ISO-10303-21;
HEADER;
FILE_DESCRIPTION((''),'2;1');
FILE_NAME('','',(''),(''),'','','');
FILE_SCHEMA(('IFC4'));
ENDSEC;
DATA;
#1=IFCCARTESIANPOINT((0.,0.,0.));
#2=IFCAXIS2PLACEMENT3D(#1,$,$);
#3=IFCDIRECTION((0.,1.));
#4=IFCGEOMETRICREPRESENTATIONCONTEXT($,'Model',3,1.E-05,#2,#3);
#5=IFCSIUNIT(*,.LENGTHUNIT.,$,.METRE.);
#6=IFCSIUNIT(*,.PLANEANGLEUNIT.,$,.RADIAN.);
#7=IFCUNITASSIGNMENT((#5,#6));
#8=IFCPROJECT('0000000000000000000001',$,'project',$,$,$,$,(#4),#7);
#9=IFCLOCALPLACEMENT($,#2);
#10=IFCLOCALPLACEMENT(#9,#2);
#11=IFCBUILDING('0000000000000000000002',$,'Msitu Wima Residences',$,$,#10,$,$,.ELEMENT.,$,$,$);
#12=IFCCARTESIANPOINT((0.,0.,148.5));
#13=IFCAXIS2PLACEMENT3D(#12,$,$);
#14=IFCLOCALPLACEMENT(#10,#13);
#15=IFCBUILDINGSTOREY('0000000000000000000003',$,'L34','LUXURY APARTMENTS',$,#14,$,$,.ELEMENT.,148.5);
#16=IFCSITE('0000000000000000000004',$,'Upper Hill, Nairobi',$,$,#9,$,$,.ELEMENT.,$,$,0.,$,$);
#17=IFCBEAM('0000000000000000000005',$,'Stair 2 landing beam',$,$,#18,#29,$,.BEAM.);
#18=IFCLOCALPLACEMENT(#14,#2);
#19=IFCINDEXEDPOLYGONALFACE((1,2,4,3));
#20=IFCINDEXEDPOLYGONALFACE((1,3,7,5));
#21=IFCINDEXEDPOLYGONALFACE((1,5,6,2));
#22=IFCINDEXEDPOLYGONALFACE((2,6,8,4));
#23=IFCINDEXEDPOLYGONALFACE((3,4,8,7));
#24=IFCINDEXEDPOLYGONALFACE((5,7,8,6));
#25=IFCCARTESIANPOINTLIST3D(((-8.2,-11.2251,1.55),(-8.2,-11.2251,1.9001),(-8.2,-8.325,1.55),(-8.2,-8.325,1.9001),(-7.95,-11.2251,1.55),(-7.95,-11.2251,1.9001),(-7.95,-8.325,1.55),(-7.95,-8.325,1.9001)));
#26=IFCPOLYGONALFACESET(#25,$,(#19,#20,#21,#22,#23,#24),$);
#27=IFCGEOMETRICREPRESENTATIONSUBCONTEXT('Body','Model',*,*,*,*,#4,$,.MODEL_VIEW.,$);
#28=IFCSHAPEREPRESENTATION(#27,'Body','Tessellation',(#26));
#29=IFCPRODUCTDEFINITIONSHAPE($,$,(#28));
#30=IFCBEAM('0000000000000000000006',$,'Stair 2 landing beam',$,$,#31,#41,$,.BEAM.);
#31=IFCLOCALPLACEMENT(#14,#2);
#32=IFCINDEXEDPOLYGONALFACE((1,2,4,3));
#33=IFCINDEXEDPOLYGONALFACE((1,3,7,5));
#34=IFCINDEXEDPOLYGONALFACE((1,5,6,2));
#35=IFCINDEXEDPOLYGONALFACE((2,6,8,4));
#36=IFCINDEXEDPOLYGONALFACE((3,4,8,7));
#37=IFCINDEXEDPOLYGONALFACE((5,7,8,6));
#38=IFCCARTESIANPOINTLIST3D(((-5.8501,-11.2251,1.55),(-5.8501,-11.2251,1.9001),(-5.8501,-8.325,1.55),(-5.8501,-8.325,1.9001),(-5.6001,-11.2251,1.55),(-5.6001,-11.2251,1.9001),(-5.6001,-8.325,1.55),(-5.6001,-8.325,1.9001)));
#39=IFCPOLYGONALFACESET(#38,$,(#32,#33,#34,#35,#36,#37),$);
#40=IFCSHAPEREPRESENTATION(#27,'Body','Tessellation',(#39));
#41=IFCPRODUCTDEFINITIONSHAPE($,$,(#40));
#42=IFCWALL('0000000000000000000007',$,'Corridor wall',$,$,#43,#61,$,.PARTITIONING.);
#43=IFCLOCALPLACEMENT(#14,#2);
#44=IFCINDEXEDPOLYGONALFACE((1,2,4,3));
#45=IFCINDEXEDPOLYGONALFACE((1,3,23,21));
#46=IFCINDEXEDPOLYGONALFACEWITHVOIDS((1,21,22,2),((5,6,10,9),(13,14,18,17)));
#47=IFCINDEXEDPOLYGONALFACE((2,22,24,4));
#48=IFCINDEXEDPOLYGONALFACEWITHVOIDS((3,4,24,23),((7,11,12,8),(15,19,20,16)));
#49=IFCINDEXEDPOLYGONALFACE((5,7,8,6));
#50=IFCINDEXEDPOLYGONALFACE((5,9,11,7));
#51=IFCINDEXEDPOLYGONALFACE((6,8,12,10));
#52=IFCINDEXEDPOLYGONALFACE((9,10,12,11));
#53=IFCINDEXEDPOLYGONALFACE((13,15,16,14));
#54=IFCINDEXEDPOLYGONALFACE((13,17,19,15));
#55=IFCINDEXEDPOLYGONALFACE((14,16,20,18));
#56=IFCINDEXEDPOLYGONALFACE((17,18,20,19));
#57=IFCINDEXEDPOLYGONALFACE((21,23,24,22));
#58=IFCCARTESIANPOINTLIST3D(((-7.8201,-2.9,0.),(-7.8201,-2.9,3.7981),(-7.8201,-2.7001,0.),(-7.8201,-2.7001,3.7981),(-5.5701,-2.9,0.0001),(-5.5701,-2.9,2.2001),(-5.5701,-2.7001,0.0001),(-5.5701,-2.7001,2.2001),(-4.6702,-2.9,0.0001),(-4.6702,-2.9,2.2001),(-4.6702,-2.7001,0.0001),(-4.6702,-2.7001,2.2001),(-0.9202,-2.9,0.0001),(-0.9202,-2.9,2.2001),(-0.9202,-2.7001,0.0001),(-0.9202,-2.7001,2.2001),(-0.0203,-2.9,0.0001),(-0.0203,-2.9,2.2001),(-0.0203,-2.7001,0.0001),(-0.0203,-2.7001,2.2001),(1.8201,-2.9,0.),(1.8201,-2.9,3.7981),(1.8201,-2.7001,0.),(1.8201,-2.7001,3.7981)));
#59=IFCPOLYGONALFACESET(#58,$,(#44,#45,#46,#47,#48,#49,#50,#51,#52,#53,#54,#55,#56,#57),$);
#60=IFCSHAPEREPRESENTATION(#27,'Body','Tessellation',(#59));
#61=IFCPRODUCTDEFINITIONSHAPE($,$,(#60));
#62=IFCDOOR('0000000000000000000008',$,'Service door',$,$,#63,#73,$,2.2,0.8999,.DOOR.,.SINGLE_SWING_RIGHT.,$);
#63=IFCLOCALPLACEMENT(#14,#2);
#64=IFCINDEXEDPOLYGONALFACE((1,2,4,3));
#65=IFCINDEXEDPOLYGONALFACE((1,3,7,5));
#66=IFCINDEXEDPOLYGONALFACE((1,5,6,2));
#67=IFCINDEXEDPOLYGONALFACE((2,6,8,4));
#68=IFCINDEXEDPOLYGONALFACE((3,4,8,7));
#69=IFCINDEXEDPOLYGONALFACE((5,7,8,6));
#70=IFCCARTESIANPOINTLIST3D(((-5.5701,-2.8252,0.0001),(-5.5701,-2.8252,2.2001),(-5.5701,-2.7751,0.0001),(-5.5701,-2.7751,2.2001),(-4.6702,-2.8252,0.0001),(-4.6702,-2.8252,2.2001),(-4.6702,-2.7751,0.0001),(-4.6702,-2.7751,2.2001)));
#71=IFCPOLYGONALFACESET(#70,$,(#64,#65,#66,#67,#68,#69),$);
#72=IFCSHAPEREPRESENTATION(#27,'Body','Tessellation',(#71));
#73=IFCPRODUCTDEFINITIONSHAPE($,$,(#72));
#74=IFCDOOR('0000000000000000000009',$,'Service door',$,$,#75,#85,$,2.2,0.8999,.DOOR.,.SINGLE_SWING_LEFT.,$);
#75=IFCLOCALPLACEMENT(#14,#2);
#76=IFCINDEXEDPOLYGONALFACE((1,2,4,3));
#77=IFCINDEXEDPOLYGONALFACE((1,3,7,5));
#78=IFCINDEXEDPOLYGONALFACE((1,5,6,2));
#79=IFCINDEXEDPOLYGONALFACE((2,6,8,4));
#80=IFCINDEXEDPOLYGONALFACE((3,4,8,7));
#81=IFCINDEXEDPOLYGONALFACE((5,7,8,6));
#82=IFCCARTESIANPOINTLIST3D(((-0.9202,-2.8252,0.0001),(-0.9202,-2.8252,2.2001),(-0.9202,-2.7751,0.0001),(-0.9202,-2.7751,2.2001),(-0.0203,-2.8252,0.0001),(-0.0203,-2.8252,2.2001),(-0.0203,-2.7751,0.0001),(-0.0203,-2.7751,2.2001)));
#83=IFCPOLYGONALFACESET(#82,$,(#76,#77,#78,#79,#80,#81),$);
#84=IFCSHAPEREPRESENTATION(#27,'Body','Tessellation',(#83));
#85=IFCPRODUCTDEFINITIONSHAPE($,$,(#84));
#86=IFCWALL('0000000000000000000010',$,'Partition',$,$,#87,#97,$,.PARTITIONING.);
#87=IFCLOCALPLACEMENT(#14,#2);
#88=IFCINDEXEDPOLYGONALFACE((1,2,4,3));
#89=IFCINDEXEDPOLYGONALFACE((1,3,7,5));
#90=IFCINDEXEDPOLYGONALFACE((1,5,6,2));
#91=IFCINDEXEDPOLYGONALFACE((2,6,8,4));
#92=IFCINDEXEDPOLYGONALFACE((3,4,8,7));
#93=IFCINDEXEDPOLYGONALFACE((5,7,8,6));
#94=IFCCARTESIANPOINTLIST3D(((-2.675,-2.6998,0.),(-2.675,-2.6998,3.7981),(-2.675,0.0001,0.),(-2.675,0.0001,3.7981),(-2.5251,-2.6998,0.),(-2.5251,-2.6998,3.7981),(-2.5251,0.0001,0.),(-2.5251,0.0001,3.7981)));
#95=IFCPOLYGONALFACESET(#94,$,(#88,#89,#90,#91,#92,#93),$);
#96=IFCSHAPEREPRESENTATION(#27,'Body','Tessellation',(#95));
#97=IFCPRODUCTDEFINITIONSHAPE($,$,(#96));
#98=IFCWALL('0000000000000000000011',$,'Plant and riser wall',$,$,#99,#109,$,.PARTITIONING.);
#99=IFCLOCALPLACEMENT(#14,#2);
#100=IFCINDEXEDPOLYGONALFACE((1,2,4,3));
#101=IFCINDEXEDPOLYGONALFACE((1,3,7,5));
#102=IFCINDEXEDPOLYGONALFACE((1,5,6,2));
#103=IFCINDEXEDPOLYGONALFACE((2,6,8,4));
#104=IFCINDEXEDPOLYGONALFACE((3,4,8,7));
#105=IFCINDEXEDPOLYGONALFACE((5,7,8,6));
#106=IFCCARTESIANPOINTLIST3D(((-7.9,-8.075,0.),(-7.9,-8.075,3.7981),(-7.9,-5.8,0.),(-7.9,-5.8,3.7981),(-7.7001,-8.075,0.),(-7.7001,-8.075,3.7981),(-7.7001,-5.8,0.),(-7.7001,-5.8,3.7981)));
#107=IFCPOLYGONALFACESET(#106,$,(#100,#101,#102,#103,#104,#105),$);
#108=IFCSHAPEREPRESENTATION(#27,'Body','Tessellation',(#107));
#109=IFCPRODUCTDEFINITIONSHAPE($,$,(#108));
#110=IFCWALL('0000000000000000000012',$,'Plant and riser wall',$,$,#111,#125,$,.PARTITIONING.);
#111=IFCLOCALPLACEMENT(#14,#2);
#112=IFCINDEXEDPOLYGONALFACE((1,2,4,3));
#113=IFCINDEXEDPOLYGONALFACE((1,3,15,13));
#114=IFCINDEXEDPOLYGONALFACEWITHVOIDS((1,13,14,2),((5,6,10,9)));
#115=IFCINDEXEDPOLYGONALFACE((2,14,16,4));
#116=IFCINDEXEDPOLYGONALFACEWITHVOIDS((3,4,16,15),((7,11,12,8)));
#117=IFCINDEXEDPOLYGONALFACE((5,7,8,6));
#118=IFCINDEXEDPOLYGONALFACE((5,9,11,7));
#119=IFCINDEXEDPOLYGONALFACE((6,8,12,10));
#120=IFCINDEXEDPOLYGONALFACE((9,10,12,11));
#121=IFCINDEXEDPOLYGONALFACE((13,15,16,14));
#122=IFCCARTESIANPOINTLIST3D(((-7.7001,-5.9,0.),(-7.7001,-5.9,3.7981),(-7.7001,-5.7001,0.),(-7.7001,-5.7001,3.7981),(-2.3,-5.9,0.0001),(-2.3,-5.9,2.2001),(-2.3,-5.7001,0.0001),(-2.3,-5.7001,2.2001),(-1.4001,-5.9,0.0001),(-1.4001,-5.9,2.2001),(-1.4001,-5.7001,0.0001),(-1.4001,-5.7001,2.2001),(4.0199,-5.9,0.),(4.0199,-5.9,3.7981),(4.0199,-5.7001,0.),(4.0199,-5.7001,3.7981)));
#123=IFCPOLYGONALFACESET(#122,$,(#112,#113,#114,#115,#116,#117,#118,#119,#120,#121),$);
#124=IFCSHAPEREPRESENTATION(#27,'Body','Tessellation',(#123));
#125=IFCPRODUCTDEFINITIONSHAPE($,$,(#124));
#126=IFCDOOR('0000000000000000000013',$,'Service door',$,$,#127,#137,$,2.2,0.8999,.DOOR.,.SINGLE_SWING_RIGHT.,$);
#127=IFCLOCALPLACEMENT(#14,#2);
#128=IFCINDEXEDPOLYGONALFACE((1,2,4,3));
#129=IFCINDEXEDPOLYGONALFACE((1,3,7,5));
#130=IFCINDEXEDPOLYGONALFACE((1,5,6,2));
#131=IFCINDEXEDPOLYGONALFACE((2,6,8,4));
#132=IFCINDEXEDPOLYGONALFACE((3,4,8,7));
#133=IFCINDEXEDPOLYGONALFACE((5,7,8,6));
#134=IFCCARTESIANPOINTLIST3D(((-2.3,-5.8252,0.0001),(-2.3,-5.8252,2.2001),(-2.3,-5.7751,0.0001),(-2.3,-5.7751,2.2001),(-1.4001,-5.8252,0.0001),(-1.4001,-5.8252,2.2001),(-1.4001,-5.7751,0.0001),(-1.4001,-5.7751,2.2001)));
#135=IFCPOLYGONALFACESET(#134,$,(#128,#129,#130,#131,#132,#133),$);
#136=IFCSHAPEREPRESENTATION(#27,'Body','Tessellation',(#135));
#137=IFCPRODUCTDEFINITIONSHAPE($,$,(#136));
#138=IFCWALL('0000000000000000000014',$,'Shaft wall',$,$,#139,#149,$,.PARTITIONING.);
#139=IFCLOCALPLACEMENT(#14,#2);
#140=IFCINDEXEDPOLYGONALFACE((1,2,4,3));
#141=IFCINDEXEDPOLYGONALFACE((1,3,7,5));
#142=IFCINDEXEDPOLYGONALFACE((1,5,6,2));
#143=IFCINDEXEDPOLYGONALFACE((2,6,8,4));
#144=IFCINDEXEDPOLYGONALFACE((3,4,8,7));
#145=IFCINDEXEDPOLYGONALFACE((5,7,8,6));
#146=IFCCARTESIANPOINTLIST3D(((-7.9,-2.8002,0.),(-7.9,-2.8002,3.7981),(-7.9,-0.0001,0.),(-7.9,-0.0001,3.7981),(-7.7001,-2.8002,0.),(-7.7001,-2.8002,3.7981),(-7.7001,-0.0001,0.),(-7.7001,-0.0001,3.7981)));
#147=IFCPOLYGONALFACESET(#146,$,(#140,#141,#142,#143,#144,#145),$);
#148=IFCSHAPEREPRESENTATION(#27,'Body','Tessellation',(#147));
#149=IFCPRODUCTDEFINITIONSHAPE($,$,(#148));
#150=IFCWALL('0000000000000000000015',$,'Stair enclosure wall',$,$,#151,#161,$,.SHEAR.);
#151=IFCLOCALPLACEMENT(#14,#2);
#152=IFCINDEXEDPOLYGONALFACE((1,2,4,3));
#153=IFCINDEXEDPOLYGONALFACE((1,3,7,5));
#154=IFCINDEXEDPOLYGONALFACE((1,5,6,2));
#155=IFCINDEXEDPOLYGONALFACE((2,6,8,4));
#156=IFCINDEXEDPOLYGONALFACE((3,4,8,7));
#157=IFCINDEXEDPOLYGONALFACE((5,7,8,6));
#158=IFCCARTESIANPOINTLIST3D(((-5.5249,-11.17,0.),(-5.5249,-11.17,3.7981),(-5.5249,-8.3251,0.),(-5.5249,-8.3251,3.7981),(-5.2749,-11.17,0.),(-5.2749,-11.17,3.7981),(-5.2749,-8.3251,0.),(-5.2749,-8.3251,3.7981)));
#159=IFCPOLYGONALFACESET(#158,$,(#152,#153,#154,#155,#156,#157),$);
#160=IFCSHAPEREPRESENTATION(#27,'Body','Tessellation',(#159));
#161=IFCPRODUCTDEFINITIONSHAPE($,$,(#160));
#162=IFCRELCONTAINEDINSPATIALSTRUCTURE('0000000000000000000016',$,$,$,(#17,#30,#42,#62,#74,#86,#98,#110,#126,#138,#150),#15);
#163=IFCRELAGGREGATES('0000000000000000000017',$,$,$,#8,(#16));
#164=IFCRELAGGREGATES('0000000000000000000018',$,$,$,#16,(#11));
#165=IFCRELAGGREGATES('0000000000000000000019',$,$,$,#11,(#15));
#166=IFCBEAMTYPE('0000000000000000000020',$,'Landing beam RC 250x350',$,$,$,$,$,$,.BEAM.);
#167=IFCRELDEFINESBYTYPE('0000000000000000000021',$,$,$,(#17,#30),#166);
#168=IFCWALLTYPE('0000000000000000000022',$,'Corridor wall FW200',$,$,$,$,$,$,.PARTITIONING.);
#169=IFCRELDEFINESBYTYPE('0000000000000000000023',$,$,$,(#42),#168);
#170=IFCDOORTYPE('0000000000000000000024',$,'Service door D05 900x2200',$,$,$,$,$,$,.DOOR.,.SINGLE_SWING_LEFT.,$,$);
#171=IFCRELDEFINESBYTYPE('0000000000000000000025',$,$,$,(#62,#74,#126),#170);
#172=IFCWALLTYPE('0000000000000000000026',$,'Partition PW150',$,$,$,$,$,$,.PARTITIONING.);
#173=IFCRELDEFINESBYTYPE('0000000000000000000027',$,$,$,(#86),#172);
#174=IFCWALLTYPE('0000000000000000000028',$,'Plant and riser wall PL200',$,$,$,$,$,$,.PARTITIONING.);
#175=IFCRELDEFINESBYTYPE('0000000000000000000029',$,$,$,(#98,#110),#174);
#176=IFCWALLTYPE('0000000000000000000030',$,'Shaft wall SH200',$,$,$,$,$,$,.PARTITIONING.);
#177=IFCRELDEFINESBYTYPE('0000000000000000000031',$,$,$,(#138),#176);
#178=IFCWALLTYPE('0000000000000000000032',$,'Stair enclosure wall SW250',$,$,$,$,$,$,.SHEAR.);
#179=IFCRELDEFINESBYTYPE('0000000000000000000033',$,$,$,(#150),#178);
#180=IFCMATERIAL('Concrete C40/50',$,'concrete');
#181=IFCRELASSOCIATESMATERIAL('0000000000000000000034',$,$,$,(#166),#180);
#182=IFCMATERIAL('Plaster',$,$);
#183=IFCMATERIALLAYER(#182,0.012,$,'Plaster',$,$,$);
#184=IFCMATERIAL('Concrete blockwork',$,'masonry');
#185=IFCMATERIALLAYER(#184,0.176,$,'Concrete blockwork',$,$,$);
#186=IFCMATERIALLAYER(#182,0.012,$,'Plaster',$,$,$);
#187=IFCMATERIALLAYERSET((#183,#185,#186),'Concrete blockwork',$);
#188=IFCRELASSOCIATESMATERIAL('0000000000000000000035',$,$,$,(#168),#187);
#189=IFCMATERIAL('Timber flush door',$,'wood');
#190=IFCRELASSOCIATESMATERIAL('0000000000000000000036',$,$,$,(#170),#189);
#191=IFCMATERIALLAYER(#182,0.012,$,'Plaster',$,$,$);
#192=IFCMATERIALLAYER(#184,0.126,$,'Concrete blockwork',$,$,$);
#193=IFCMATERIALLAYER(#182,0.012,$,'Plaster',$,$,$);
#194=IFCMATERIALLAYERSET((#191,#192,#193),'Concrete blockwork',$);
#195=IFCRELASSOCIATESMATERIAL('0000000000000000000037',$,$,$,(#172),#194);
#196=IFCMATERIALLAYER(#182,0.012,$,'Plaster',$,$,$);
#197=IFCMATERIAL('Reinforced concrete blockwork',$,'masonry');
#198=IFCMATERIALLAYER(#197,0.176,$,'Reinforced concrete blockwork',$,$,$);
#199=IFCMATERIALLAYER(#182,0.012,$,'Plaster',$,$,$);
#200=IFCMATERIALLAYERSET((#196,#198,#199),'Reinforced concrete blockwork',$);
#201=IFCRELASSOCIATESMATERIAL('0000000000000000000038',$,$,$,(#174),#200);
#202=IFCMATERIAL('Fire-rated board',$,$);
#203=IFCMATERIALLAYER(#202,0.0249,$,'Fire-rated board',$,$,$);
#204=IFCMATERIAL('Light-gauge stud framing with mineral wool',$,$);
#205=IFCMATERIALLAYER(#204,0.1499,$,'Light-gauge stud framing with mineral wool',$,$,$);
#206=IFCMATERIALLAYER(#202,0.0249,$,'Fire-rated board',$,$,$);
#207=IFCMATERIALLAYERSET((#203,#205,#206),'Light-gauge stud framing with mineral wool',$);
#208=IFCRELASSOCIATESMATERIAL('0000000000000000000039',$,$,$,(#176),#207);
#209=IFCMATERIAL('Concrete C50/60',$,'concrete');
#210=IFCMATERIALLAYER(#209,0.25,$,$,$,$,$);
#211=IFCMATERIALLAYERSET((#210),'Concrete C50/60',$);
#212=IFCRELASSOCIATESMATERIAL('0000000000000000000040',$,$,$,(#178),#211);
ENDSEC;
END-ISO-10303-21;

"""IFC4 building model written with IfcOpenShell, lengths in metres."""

from ifc_helpers import new_model, si_unit, direction, frame, frame_2d, origin, origin_2d, place, context, subcontext, project, spatial, rectangle, extrude, material, layer, layer_set, material_profile, profile_set, type_object, element, fill, save


model = new_model("IFC4")

# Units and contexts
model_context = context("Model", 3, precision=1e-05, world=origin(), true_north=direction((0.0, 1.0)))
body_context = subcontext(model_context, "Body", "Model", "MODEL_VIEW")
ifc_project = project(units=[si_unit("LENGTHUNIT", "METRE"), si_unit("PLANEANGLEUNIT", "RADIAN")], contexts=[model_context])

# Site, building, storey
site_placement = place(None, origin())
site = spatial("IfcSite", under=ifc_project, at=site_placement, Name="Upper Hill, Nairobi", CompositionType="ELEMENT", RefElevation=0.0)
building_placement = place(site_placement, origin())
building = spatial("IfcBuilding", under=site, at=building_placement, Name="Msitu Wima Residences", CompositionType="ELEMENT")
storey_placement = place(building_placement, frame((0.0, 0.0, 148.5)))
storey = spatial("IfcBuildingStorey", under=building, at=storey_placement, Name="L34", Description="LUXURY APARTMENTS", CompositionType="ELEMENT", Elevation=148.5)

# Beams
ifc_material_1 = material(Name="Concrete C40/50", Category="concrete")
ifc_material_profile = material_profile(ifc_material_1, rectangle(XDim=0.25, YDim=0.3501, at=origin_2d()), Name="RC 250x350")
ifc_profile_set = profile_set([ifc_material_profile], Name="Concrete C40/50")
beam_type = type_object("IfcBeamType", Name="Landing beam RC 250x350", PredefinedType="BEAM", material=ifc_profile_set)
for number, where, z_axis, x_axis, name in (
    (1, (-8.075, -11.2251, 1.7251), (0.0, 1.0, 0.0), (-1.0, 0.0, 0.0), "Stair 2 landing beam"),
    (2, (-5.7251, -11.2251, 1.7251), (0.0, 1.0, 0.0), (-1.0, 0.0, 0.0), "Stair 2 landing beam"),
):
    element("IfcBeam", number, at=place(storey_placement, frame(where, z_axis=z_axis, x_axis=x_axis)), inside=storey, type_object=beam_type, Name=name, PredefinedType="BEAM", context=body_context, shape_type="SweptSolid", body=[
        extrude(rectangle(XDim=0.25, YDim=0.3501, at=origin_2d()), origin(), (0.0, 0.0, 1.0), 2.9001),
    ])

# Wall, openings, doors
ifc_material_2 = material(Name="Plaster")
ifc_layer_1 = layer(ifc_material_2, 0.012, Name="Plaster")
ifc_material_3 = material(Name="Concrete blockwork", Category="masonry")
ifc_layer_2 = layer(ifc_material_3, 0.176, Name="Concrete blockwork")
ifc_layer_3 = layer(ifc_material_2, 0.012, Name="Plaster")
ifc_layer_set_1 = layer_set([ifc_layer_1, ifc_layer_2, ifc_layer_3], Name="Concrete blockwork")
wall_type_1 = type_object("IfcWallType", Name="Corridor wall FW200", PredefinedType="PARTITIONING", material=ifc_layer_set_1)
wall_1_placement = place(storey_placement, frame((-7.8201, -2.8, 0.0), z_axis=(0.0, 0.0, 1.0), x_axis=(1.0, 0.0, 0.0)))
wall_1 = element("IfcWall", 3, at=wall_1_placement, inside=storey, type_object=wall_type_1, Name="Corridor wall", PredefinedType="PARTITIONING", context=body_context, shape_type="SweptSolid", body=[
    extrude(rectangle(XDim=9.6401, YDim=0.2, at=frame_2d((4.8201, 0.0))), origin(), (0.0, 0.0, 1.0), 3.7981),
])
opening_1_placement = place(wall_1_placement, frame((2.25, 0.0, 0.0)))
opening_1 = element("IfcOpeningElement", 4, at=opening_1_placement, cuts=wall_1, PredefinedType="OPENING", context=body_context, shape_type="SweptSolid", body=[
    extrude(rectangle(XDim=0.8999, YDim=2.2, at=frame_2d((0.45, 1.1001))), frame((0.0, 0.1099, 0.0), z_axis=(0.0, -1.0, 0.0), x_axis=(1.0, 0.0, 0.0)), (0.0, 0.0, 1.0), 0.22),
])
opening_2_placement = place(wall_1_placement, frame((6.8999, 0.0, 0.0)))
opening_2 = element("IfcOpeningElement", 5, at=opening_2_placement, cuts=wall_1, PredefinedType="OPENING", context=body_context, shape_type="SweptSolid", body=[
    extrude(rectangle(XDim=0.8999, YDim=2.2, at=frame_2d((0.45, 1.1001))), frame((0.0, 0.1099, 0.0), z_axis=(0.0, -1.0, 0.0), x_axis=(1.0, 0.0, 0.0)), (0.0, 0.0, 1.0), 0.22),
])
ifc_material_4 = material(Name="Timber flush door", Category="wood")
door_type_1 = type_object("IfcDoorType", Name="Service door D05 900x2200", OperationType="SINGLE_SWING_LEFT", PredefinedType="DOOR", material=ifc_material_4)
door_1_placement = place(opening_1_placement, origin())
door_1 = element("IfcDoor", 6, at=door_1_placement, inside=storey, type_object=door_type_1, Name="Service door", OperationType="SINGLE_SWING_RIGHT", OverallHeight=2.2, OverallWidth=0.8999, PredefinedType="DOOR", context=body_context, shape_type="SweptSolid", body=[
    extrude(rectangle(XDim=0.8999, YDim=2.2, at=frame_2d((0.45, 1.1001))), frame((0.0, 0.0249, 0.0), z_axis=(0.0, -1.0, 0.0), x_axis=(1.0, 0.0, 0.0)), (0.0, 0.0, 1.0), 0.05),
])
fill(opening_1, door_1)
door_2_placement = place(opening_2_placement, origin())
door_2 = element("IfcDoor", 7, at=door_2_placement, inside=storey, type_object=door_type_1, Name="Service door", OperationType="SINGLE_SWING_LEFT", OverallHeight=2.2, OverallWidth=0.8999, PredefinedType="DOOR", context=body_context, shape_type="SweptSolid", body=[
    extrude(rectangle(XDim=0.8999, YDim=2.2, at=frame_2d((0.45, 1.1001))), frame((0.0, 0.0249, 0.0), z_axis=(0.0, -1.0, 0.0), x_axis=(1.0, 0.0, 0.0)), (0.0, 0.0, 1.0), 0.05),
])
fill(opening_2, door_2)

# Walls
ifc_layer_4 = layer(ifc_material_2, 0.012, Name="Plaster")
ifc_layer_5 = layer(ifc_material_3, 0.126, Name="Concrete blockwork")
ifc_layer_6 = layer(ifc_material_2, 0.012, Name="Plaster")
ifc_layer_set_2 = layer_set([ifc_layer_4, ifc_layer_5, ifc_layer_6], Name="Concrete blockwork")
wall_type_2 = type_object("IfcWallType", Name="Partition PW150", PredefinedType="PARTITIONING", material=ifc_layer_set_2)
wall_2_placement = place(storey_placement, frame((-2.6001, -2.7, 0.0), z_axis=(0.0, 0.0, 1.0), x_axis=(0.0, 1.0, 0.0)))
element("IfcWall", 8, at=wall_2_placement, inside=storey, type_object=wall_type_2, Name="Partition", PredefinedType="PARTITIONING", context=body_context, shape_type="SweptSolid", body=[
    extrude(rectangle(XDim=2.7, YDim=0.1499, at=frame_2d((1.3501, 0.0))), origin(), (0.0, 0.0, 1.0), 3.7981),
])
ifc_layer_7 = layer(ifc_material_2, 0.012, Name="Plaster")
ifc_material_5 = material(Name="Reinforced concrete blockwork", Category="masonry")
ifc_layer_8 = layer(ifc_material_5, 0.176, Name="Reinforced concrete blockwork")
ifc_layer_9 = layer(ifc_material_2, 0.012, Name="Plaster")
ifc_layer_set_3 = layer_set([ifc_layer_7, ifc_layer_8, ifc_layer_9], Name="Reinforced concrete blockwork")
wall_type_3 = type_object("IfcWallType", Name="Plant and riser wall PL200", PredefinedType="PARTITIONING", material=ifc_layer_set_3)
wall_3_placement = place(storey_placement, frame((-7.8, -8.075, 0.0), z_axis=(0.0, 0.0, 1.0), x_axis=(0.0, 1.0, 0.0)))
element("IfcWall", 9, at=wall_3_placement, inside=storey, type_object=wall_type_3, Name="Plant and riser wall", PredefinedType="PARTITIONING", context=body_context, shape_type="SweptSolid", body=[
    extrude(rectangle(XDim=2.2749, YDim=0.2, at=frame_2d((1.1375, 0.0))), origin(), (0.0, 0.0, 1.0), 3.7981),
])

# Wall, opening, door
wall_4_placement = place(storey_placement, frame((-7.7, -5.8, 0.0), z_axis=(0.0, 0.0, 1.0), x_axis=(1.0, 0.0, 0.0)))
wall_4 = element("IfcWall", 10, at=wall_4_placement, inside=storey, type_object=wall_type_3, Name="Plant and riser wall", PredefinedType="PARTITIONING", context=body_context, shape_type="SweptSolid", body=[
    extrude(rectangle(XDim=11.72, YDim=0.2, at=frame_2d((5.8599, 0.0))), origin(), (0.0, 0.0, 1.0), 3.7981),
])
opening_3_placement = place(wall_4_placement, frame((5.3999, 0.0, 0.0)))
opening_3 = element("IfcOpeningElement", 11, at=opening_3_placement, cuts=wall_4, PredefinedType="OPENING", context=body_context, shape_type="SweptSolid", body=[
    extrude(rectangle(XDim=0.8999, YDim=2.2, at=frame_2d((0.45, 1.1001))), frame((0.0, 0.1099, 0.0), z_axis=(0.0, -1.0, 0.0), x_axis=(1.0, 0.0, 0.0)), (0.0, 0.0, 1.0), 0.22),
])
door_3_placement = place(opening_3_placement, origin())
door_3 = element("IfcDoor", 12, at=door_3_placement, inside=storey, type_object=door_type_1, Name="Service door", OperationType="SINGLE_SWING_RIGHT", OverallHeight=2.2, OverallWidth=0.8999, PredefinedType="DOOR", context=body_context, shape_type="SweptSolid", body=[
    extrude(rectangle(XDim=0.8999, YDim=2.2, at=frame_2d((0.45, 1.1001))), frame((0.0, 0.0249, 0.0), z_axis=(0.0, -1.0, 0.0), x_axis=(1.0, 0.0, 0.0)), (0.0, 0.0, 1.0), 0.05),
])
fill(opening_3, door_3)

# Walls
ifc_material_6 = material(Name="Fire-rated board")
ifc_layer_10 = layer(ifc_material_6, 0.0249, Name="Fire-rated board")
ifc_material_7 = material(Name="Light-gauge stud framing with mineral wool")
ifc_layer_11 = layer(ifc_material_7, 0.1499, Name="Light-gauge stud framing with mineral wool")
ifc_layer_12 = layer(ifc_material_6, 0.0249, Name="Fire-rated board")
ifc_layer_set_4 = layer_set([ifc_layer_10, ifc_layer_11, ifc_layer_12], Name="Light-gauge stud framing with mineral wool")
wall_type_4 = type_object("IfcWallType", Name="Shaft wall SH200", PredefinedType="PARTITIONING", material=ifc_layer_set_4)
wall_5_placement = place(storey_placement, frame((-7.8, -2.8, 0.0), z_axis=(0.0, 0.0, 1.0), x_axis=(0.0, 1.0, 0.0)))
element("IfcWall", 13, at=wall_5_placement, inside=storey, type_object=wall_type_4, Name="Shaft wall", PredefinedType="PARTITIONING", context=body_context, shape_type="SweptSolid", body=[
    extrude(rectangle(XDim=2.8, YDim=0.2, at=frame_2d((1.3999, 0.0))), origin(), (0.0, 0.0, 1.0), 3.7981),
])
ifc_material_8 = material(Name="Concrete C50/60", Category="concrete")
ifc_layer_13 = layer(ifc_material_8, 0.25)
ifc_layer_set_5 = layer_set([ifc_layer_13], Name="Concrete C50/60")
wall_type_5 = type_object("IfcWallType", Name="Stair enclosure wall SW250", PredefinedType="SHEAR", material=ifc_layer_set_5)
wall_6_placement = place(storey_placement, frame((-5.3999, -11.1699, 0.0), z_axis=(0.0, 0.0, 1.0), x_axis=(0.0, 1.0, 0.0)))
element("IfcWall", 14, at=wall_6_placement, inside=storey, type_object=wall_type_5, Name="Stair enclosure wall", PredefinedType="SHEAR", context=body_context, shape_type="SweptSolid", body=[
    extrude(rectangle(XDim=2.845, YDim=0.25, at=frame_2d((1.4224, 0.0))), origin(), (0.0, 0.0, 1.0), 3.7981),
])

save(model, "model.ifc")
